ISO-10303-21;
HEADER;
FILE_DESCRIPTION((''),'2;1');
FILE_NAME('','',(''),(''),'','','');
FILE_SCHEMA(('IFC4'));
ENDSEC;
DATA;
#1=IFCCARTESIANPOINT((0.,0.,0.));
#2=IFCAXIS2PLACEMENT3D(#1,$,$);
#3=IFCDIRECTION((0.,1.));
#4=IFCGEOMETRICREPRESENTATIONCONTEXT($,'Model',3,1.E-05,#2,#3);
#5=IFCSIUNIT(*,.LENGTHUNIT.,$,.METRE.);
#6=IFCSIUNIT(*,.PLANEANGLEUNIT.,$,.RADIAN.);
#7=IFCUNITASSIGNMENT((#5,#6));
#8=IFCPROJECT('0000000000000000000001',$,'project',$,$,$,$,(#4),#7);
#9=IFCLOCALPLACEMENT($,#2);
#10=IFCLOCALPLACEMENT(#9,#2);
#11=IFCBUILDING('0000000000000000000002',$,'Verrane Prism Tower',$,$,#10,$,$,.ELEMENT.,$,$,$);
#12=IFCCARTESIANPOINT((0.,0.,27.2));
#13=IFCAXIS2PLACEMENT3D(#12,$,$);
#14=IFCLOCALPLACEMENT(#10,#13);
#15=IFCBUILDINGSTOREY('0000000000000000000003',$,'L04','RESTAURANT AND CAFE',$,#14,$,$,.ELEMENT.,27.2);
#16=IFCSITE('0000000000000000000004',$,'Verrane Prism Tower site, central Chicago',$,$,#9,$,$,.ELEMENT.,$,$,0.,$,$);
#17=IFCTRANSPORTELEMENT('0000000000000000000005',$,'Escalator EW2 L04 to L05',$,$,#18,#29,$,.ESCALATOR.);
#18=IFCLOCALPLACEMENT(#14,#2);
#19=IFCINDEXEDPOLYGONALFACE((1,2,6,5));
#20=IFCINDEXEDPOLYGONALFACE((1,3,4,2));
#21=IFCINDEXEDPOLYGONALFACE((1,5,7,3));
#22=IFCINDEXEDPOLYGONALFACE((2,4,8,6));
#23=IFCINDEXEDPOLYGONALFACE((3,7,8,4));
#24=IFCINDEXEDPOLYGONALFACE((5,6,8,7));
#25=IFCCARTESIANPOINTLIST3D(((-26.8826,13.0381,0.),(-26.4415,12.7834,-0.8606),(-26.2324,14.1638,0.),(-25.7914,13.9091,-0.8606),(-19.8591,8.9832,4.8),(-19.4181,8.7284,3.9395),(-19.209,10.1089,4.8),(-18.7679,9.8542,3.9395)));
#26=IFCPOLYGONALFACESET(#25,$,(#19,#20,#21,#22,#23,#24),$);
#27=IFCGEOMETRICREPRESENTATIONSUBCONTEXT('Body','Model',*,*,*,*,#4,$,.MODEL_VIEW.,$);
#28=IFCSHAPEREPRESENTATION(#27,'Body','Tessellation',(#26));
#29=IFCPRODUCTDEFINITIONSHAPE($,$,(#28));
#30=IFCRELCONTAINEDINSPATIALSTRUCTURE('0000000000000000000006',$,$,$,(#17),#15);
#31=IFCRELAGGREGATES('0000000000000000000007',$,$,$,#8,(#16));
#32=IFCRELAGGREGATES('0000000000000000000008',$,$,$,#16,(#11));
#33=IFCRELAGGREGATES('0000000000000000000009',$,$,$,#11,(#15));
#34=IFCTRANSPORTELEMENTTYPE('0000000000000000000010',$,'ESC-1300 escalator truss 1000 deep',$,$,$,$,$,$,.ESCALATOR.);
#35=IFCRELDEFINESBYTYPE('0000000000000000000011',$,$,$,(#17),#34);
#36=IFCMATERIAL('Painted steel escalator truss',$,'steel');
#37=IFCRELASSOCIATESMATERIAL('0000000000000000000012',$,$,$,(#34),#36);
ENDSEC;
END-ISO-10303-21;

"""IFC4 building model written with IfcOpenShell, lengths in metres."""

from ifc_helpers import new_model, si_unit, direction, frame, origin, place, context, subcontext, project, spatial, polyline, outline, extrude, material, type_object, element, save


model = new_model("IFC4")

# Units and contexts
model_context = context("Model", 3, precision=1e-05, world=origin(), true_north=direction((0.0, 1.0)))
body_context = subcontext(model_context, "Body", "Model", "MODEL_VIEW")
ifc_project = project(units=[si_unit("LENGTHUNIT", "METRE"), si_unit("PLANEANGLEUNIT", "RADIAN")], contexts=[model_context])

# Site, building, storey
site_placement = place(None, origin())
site = spatial("IfcSite", under=ifc_project, at=site_placement, Name="Verrane Prism Tower site, central Chicago", CompositionType="ELEMENT", RefElevation=0.0)
building_placement = place(site_placement, origin())
building = spatial("IfcBuilding", under=site, at=building_placement, Name="Verrane Prism Tower", CompositionType="ELEMENT")
storey_placement = place(building_placement, frame((0.0, 0.0, 27.2)))
storey = spatial("IfcBuildingStorey", under=building, at=storey_placement, Name="L04", Description="RESTAURANT AND CAFE", CompositionType="ELEMENT", Elevation=27.2)

# Transport element
ifc_material_1 = material(Name="Painted steel escalator truss", Category="steel")
transport_element_type = type_object("IfcTransportElementType", Name="ESC-1300 escalator truss 1000 deep", PredefinedType="ESCALATOR", material=ifc_material_1)
transport_element_placement = place(storey_placement, frame((-26.2324, 14.1638, 0.0), z_axis=(-0.44107, 0.254732, 0.860563), x_axis=(0.745272, -0.430278, 0.509344)))
element("IfcTransportElement", 1, at=transport_element_placement, inside=storey, type_object=transport_element_type, Name="Escalator EW2 L04 to L05", PredefinedType="ESCALATOR", context=body_context, shape_type="SweptSolid", body=[
    extrude(outline(polyline([(0.0, 0.0), (9.424, 0.0), (9.4238, -1.3), (-0.0002, -1.3), (0.0, 0.0)])), origin(), (0.0, 0.0, -1.0), 1.0),
])

save(model, "model.ifc")
